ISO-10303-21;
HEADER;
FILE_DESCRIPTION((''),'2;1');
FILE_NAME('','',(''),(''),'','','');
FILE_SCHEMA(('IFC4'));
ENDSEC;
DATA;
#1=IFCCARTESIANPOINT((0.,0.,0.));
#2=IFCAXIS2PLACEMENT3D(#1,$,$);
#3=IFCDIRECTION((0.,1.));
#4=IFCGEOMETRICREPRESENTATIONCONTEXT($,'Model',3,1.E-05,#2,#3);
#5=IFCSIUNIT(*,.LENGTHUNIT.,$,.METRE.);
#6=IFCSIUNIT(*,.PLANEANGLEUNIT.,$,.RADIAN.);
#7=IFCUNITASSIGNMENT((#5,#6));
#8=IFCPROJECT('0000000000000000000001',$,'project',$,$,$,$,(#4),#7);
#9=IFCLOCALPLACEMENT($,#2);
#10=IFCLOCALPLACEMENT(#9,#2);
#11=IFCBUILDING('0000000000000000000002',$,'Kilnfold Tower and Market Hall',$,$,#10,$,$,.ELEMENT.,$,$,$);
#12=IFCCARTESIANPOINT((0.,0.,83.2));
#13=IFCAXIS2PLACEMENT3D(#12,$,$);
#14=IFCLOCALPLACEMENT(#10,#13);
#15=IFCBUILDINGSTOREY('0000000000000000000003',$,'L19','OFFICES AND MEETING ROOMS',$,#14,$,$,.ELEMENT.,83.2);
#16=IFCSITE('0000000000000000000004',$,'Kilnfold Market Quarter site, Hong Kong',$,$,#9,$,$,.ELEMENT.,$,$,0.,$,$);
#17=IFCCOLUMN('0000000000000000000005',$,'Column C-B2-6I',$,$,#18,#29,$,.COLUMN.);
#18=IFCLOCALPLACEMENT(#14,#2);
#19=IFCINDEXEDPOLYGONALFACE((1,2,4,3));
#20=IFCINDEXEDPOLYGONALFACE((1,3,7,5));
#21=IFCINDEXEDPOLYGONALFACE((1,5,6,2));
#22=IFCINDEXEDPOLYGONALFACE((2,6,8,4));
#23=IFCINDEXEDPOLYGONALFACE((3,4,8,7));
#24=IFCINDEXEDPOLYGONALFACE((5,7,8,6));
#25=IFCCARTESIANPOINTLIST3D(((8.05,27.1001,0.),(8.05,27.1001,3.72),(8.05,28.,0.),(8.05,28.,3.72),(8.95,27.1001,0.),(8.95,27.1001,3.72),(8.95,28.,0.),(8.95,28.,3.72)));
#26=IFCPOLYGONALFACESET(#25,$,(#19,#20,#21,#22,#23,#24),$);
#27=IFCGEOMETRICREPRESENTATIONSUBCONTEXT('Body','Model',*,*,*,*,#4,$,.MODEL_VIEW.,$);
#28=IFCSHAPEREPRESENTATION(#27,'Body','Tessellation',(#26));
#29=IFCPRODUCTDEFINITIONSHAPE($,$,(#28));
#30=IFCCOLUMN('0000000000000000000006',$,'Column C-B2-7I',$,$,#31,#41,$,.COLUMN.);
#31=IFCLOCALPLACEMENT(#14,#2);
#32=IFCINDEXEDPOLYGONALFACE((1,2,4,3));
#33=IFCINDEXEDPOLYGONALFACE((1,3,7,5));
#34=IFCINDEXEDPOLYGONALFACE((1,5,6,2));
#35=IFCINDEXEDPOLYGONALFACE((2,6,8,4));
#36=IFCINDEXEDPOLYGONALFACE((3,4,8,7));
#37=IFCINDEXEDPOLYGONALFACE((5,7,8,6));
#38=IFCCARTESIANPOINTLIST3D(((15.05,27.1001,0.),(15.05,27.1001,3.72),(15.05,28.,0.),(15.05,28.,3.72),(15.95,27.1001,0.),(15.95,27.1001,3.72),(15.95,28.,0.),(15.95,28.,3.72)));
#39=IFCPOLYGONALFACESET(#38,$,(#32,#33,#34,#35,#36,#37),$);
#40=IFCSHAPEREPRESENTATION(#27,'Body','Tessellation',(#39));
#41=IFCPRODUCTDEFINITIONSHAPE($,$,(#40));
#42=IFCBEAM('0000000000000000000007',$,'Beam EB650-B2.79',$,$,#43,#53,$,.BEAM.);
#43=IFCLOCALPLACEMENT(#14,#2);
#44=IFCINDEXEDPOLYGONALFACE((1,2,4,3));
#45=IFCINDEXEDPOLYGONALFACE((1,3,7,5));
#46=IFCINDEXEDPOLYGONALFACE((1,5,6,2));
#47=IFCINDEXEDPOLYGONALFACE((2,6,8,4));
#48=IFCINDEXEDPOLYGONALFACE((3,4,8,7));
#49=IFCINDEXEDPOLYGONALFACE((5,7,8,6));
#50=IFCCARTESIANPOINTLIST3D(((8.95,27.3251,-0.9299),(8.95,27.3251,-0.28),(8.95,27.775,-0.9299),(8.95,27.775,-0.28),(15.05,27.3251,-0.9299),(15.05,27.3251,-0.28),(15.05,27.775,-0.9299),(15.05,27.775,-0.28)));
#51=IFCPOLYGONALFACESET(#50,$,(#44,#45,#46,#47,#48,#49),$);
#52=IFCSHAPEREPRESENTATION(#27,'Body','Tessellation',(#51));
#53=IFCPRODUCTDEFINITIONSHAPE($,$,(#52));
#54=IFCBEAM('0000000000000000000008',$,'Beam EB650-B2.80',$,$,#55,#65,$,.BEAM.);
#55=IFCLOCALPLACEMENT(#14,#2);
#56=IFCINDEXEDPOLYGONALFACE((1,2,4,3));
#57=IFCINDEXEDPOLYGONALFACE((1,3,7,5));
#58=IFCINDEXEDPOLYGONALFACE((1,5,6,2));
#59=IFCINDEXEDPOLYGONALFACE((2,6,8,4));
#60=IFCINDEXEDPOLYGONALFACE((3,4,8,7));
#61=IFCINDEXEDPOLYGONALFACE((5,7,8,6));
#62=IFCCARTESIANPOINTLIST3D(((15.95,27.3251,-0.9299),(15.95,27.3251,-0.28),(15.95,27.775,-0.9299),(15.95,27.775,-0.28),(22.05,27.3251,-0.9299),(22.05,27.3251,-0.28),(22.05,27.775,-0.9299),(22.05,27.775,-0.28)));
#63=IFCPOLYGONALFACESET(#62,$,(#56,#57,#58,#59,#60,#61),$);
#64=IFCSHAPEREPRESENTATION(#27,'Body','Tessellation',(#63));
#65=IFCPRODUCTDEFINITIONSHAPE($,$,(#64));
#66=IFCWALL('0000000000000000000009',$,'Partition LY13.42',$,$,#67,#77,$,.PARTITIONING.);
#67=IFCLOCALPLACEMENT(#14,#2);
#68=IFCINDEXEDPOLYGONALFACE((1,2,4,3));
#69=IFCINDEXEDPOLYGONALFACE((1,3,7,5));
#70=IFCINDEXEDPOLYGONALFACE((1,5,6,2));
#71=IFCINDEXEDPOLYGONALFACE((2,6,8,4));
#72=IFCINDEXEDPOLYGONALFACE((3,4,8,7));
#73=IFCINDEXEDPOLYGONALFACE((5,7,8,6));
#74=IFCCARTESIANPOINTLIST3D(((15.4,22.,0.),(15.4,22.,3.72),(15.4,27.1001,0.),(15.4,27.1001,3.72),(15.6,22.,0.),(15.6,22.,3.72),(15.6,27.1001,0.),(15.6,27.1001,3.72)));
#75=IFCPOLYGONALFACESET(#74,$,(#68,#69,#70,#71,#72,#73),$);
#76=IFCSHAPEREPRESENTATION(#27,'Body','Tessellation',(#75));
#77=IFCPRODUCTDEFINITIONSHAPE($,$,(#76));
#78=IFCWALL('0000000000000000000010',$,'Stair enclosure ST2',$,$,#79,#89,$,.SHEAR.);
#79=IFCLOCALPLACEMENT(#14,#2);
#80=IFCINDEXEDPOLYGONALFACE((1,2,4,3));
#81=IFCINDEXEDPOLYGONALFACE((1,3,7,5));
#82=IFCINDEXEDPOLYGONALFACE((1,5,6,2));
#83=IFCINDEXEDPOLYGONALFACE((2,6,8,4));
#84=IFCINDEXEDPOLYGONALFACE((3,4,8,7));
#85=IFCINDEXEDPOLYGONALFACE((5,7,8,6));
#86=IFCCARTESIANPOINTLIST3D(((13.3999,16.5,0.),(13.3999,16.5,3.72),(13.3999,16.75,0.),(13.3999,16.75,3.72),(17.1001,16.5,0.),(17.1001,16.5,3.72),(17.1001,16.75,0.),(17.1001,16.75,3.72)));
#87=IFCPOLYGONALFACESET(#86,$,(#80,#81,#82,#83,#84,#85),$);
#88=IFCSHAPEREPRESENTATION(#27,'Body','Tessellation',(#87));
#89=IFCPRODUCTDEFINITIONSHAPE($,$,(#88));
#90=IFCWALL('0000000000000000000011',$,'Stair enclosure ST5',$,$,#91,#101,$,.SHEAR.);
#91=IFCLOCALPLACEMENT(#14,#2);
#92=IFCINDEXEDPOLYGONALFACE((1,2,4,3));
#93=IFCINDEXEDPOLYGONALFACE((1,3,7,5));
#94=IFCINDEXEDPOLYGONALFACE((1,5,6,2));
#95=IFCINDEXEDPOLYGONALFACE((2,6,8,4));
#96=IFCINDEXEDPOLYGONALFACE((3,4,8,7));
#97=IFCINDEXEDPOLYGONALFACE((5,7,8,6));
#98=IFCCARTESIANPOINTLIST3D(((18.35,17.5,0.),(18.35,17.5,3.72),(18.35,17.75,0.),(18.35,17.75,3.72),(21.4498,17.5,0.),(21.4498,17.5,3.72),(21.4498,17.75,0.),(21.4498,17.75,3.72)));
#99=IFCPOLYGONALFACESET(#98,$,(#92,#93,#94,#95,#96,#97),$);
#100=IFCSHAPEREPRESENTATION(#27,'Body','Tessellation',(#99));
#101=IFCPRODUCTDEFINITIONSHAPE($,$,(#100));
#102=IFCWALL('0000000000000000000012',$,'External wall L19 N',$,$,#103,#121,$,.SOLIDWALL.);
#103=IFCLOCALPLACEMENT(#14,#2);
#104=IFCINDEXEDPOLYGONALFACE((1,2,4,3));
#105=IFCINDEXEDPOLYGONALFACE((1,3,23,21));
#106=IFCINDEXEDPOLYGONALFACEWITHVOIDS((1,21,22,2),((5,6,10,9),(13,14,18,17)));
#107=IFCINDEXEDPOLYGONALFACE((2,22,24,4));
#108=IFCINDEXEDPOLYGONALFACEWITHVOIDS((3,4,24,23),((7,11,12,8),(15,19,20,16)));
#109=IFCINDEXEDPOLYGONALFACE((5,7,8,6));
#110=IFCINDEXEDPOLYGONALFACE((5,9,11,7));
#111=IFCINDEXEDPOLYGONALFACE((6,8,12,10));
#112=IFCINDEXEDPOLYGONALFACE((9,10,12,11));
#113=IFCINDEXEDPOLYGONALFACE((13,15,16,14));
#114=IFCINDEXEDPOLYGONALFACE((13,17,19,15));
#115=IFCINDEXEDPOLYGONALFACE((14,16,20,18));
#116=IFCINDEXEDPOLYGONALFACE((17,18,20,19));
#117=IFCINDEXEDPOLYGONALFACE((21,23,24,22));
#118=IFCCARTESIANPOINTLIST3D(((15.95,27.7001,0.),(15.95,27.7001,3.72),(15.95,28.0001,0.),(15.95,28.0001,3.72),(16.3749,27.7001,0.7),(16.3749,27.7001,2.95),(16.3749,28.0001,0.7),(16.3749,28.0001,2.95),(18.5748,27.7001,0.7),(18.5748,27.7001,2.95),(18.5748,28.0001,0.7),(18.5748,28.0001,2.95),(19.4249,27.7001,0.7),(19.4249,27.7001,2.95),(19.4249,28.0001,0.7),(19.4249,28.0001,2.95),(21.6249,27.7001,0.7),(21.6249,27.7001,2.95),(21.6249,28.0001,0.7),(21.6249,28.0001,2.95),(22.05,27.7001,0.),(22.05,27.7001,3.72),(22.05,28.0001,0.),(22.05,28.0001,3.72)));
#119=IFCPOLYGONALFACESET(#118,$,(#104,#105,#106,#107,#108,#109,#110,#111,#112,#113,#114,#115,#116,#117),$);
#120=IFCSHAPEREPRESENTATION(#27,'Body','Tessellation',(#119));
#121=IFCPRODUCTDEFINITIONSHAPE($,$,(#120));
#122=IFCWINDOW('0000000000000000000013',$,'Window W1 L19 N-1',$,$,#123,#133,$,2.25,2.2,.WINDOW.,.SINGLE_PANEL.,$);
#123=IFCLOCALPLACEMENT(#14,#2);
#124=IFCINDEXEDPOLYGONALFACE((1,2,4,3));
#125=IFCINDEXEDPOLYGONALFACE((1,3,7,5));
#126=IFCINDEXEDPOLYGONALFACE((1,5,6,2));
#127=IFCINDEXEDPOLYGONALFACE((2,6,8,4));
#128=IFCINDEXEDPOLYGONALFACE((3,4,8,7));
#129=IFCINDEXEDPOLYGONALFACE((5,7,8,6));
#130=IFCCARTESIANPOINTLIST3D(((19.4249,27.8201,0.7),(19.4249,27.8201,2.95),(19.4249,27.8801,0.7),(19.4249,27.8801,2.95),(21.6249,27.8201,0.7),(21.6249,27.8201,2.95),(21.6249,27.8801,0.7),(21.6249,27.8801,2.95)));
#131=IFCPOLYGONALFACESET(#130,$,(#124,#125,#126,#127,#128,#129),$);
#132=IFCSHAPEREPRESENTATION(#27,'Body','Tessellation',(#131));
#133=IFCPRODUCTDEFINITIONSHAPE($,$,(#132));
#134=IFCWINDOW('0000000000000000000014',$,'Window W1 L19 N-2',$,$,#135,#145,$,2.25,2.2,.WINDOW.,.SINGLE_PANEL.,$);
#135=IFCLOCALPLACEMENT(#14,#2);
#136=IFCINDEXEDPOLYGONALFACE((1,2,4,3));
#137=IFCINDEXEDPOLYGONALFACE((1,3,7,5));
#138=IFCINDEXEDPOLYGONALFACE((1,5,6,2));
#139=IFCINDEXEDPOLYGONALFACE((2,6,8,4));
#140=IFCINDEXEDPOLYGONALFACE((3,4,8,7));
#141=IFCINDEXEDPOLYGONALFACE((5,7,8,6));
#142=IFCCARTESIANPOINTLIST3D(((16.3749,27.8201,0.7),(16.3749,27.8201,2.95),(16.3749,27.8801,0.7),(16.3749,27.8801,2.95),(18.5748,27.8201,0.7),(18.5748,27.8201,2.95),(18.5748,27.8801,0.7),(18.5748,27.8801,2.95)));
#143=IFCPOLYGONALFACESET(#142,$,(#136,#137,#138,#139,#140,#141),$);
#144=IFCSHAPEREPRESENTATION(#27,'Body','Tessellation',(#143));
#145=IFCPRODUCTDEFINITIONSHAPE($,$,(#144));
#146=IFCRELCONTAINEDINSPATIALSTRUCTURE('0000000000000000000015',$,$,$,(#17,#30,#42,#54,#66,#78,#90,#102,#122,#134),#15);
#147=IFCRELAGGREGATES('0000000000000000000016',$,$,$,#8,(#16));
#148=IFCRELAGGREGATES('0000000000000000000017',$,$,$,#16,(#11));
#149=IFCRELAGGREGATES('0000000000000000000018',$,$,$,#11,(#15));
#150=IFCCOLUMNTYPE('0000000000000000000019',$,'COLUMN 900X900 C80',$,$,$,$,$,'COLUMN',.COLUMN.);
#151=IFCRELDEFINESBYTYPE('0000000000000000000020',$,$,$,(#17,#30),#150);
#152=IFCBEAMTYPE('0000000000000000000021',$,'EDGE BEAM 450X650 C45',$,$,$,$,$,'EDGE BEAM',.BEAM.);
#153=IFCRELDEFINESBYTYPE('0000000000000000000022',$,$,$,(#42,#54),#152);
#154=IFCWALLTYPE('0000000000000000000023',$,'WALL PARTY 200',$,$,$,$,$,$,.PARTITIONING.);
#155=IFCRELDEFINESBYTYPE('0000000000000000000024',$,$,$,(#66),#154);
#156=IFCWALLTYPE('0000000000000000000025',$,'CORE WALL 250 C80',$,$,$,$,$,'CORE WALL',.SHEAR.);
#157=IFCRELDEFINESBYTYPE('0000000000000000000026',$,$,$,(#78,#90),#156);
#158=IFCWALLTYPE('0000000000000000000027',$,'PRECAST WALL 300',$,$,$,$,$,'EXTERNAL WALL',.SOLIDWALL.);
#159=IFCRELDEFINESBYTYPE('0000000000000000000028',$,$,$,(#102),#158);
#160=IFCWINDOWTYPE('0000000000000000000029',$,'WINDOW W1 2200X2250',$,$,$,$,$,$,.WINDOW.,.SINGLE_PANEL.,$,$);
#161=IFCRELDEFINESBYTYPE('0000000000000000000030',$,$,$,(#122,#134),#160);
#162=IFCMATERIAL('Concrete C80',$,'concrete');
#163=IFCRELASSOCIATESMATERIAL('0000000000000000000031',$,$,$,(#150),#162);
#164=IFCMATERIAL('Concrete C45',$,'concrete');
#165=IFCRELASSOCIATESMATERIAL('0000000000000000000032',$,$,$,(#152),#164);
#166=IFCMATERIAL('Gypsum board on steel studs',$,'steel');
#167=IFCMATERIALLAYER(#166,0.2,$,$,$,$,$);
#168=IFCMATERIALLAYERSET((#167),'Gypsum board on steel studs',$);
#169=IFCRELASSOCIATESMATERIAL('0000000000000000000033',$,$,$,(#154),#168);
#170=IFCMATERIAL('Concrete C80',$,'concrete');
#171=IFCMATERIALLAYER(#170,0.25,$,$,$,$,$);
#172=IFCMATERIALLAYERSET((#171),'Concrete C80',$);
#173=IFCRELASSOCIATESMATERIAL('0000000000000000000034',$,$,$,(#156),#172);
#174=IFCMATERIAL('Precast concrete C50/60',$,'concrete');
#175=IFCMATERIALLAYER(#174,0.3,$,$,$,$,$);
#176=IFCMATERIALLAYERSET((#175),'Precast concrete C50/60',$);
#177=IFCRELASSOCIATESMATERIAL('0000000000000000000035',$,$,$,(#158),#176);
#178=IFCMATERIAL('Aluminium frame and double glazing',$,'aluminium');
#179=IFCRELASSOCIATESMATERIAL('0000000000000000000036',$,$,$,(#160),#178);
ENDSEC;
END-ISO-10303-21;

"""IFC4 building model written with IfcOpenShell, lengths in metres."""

from ifc_helpers import new_model, si_unit, direction, frame, frame_2d, origin, origin_2d, place, context, subcontext, project, spatial, rectangle, extrude, source, transform, mapped, material, layer, layer_set, material_profile, profile_set, type_object, element, fill, save


model = new_model("IFC4")

# Units and contexts
model_context = context("Model", 3, precision=1e-05, world=origin(), true_north=direction((0.0, 1.0)))
body_context = subcontext(model_context, "Body", "Model", "MODEL_VIEW")
ifc_project = project(units=[si_unit("LENGTHUNIT", "METRE"), si_unit("PLANEANGLEUNIT", "RADIAN")], contexts=[model_context])

# Site, building, storey
site_placement = place(None, origin())
site = spatial("IfcSite", under=ifc_project, at=site_placement, Name="Kilnfold Market Quarter site, Hong Kong", CompositionType="ELEMENT", RefElevation=0.0)
building_placement = place(site_placement, origin())
building = spatial("IfcBuilding", under=site, at=building_placement, Name="Kilnfold Tower and Market Hall", CompositionType="ELEMENT")
storey_placement = place(building_placement, frame((0.0, 0.0, 83.2)))
storey = spatial("IfcBuildingStorey", under=building, at=storey_placement, Name="L19", Description="OFFICES AND MEETING ROOMS", CompositionType="ELEMENT", Elevation=83.2)

# Columns
ifc_material_1 = material(Name="Concrete C80", Category="concrete")
ifc_material_profile_1 = material_profile(ifc_material_1, rectangle(XDim=0.8999, YDim=0.8999, at=origin_2d()), Name="RC 900x900")
ifc_profile_set_1 = profile_set([ifc_material_profile_1], Name="Concrete C80")
column_type = type_object("IfcColumnType", Name="COLUMN 900X900 C80", ElementType="COLUMN", PredefinedType="COLUMN", material=ifc_profile_set_1)
shared_shape_1 = source(origin(), body_context, "Body", "SweptSolid", [
    extrude(rectangle(XDim=0.8999, YDim=0.8999, at=origin_2d()), origin(), (0.0, 0.0, 1.0), 3.72),
])
for number, where, z_axis, x_axis, name in (
    (1, (8.5, 27.55, 0.0), (0.0, 0.0, 1.0), (1.0, 0.0, 0.0), "Column C-B2-6I"),
    (2, (15.5, 27.55, 0.0), (0.0, 0.0, 1.0), (1.0, 0.0, 0.0), "Column C-B2-7I"),
):
    element("IfcColumn", number, at=place(storey_placement, frame(where, z_axis=z_axis, x_axis=x_axis)), inside=storey, type_object=column_type, Name=name, PredefinedType="COLUMN", context=body_context, shape_type="MappedRepresentation", body=[
        mapped(shared_shape_1, transform((0.0, 0.0, 0.0))),
    ])

# Beams
ifc_material_2 = material(Name="Concrete C45", Category="concrete")
ifc_material_profile_2 = material_profile(ifc_material_2, rectangle(XDim=0.45, YDim=0.6499, at=origin_2d()), Name="RC 450x650")
ifc_profile_set_2 = profile_set([ifc_material_profile_2], Name="Concrete C45")
beam_type = type_object("IfcBeamType", Name="EDGE BEAM 450X650 C45", ElementType="EDGE BEAM", PredefinedType="BEAM", material=ifc_profile_set_2)
shared_shape_2 = source(origin(), body_context, "Body", "SweptSolid", [
    extrude(rectangle(XDim=0.45, YDim=0.6499, at=origin_2d()), origin(), (0.0, 0.0, 1.0), 6.1001),
])
for number, where, z_axis, x_axis, name in (
    (3, (8.95, 27.55, -0.605), (1.0, 0.0, 0.0), (0.0, 1.0, 0.0), "Beam EB650-B2.79"),
    (4, (15.95, 27.55, -0.605), (1.0, 0.0, 0.0), (0.0, 1.0, 0.0), "Beam EB650-B2.80"),
):
    element("IfcBeam", number, at=place(storey_placement, frame(where, z_axis=z_axis, x_axis=x_axis)), inside=storey, type_object=beam_type, Name=name, PredefinedType="BEAM", context=body_context, shape_type="MappedRepresentation", body=[
        mapped(shared_shape_2, transform((0.0, 0.0, 0.0))),
    ])

# Walls
ifc_material_3 = material(Name="Gypsum board on steel studs", Category="steel")
ifc_layer_1 = layer(ifc_material_3, 0.2)
ifc_layer_set_1 = layer_set([ifc_layer_1], Name="Gypsum board on steel studs")
wall_type_1 = type_object("IfcWallType", Name="WALL PARTY 200", PredefinedType="PARTITIONING", material=ifc_layer_set_1)
wall_1_placement = place(storey_placement, frame((15.5, 22.0, 0.0), z_axis=(0.0, 0.0, 1.0), x_axis=(0.0, 1.0, 0.0)))
element("IfcWall", 5, at=wall_1_placement, inside=storey, type_object=wall_type_1, Name="Partition LY13.42", PredefinedType="PARTITIONING", context=body_context, shape_type="SweptSolid", body=[
    extrude(rectangle(XDim=5.1001, YDim=0.2, at=frame_2d((2.55, 0.0))), origin(), (0.0, 0.0, 1.0), 3.72),
])
ifc_material_4 = material(Name="Concrete C80", Category="concrete")
ifc_layer_2 = layer(ifc_material_4, 0.25)
ifc_layer_set_2 = layer_set([ifc_layer_2], Name="Concrete C80")
wall_type_2 = type_object("IfcWallType", Name="CORE WALL 250 C80", ElementType="CORE WALL", PredefinedType="SHEAR", material=ifc_layer_set_2)
shared_shape_3 = source(origin(), body_context, "Body", "SweptSolid", [
    extrude(rectangle(XDim=3.7002, YDim=0.25, at=frame_2d((1.8501, 0.0))), origin(), (0.0, 0.0, 1.0), 3.72),
])
wall_2_placement = place(storey_placement, frame((13.3999, 16.625, 0.0), z_axis=(0.0, 0.0, 1.0), x_axis=(1.0, 0.0, 0.0)))
element("IfcWall", 6, at=wall_2_placement, inside=storey, type_object=wall_type_2, Name="Stair enclosure ST2", PredefinedType="SHEAR", context=body_context, shape_type="MappedRepresentation", body=[
    mapped(shared_shape_3, transform((0.0, 0.0, 0.0))),
])
shared_shape_4 = source(origin(), body_context, "Body", "SweptSolid", [
    extrude(rectangle(XDim=3.0999, YDim=0.25, at=frame_2d((1.5498, 0.0))), origin(), (0.0, 0.0, 1.0), 3.72),
])
wall_3_placement = place(storey_placement, frame((18.3501, 17.625, 0.0), z_axis=(0.0, 0.0, 1.0), x_axis=(1.0, 0.0, 0.0)))
element("IfcWall", 7, at=wall_3_placement, inside=storey, type_object=wall_type_2, Name="Stair enclosure ST5", PredefinedType="SHEAR", context=body_context, shape_type="MappedRepresentation", body=[
    mapped(shared_shape_4, transform((0.0, 0.0, 0.0))),
])

# Wall, openings, windows
ifc_material_5 = material(Name="Precast concrete C50/60", Category="concrete")
ifc_layer_3 = layer(ifc_material_5, 0.3)
ifc_layer_set_3 = layer_set([ifc_layer_3], Name="Precast concrete C50/60")
wall_type_3 = type_object("IfcWallType", Name="PRECAST WALL 300", ElementType="EXTERNAL WALL", PredefinedType="SOLIDWALL", material=ifc_layer_set_3)
shared_shape_5 = source(origin(), body_context, "Body", "SweptSolid", [
    extrude(rectangle(XDim=6.1001, YDim=0.3, at=frame_2d((3.05, 0.0))), origin(), (0.0, 0.0, 1.0), 3.72),
])
wall_4_placement = place(storey_placement, frame((22.05, 27.8501, 0.0), z_axis=(0.0, 0.0, 1.0), x_axis=(-1.0, 0.0, 0.0)))
wall_4 = element("IfcWall", 8, at=wall_4_placement, inside=storey, type_object=wall_type_3, Name="External wall L19 N", PredefinedType="SOLIDWALL", context=body_context, shape_type="MappedRepresentation", body=[
    mapped(shared_shape_5, transform((0.0, 0.0, 0.0))),
])
opening_1_placement = place(wall_4_placement, frame((0.425, 0.0, 0.7)))
opening_1 = element("IfcOpeningElement", 9, at=opening_1_placement, cuts=wall_4, PredefinedType="OPENING", context=body_context, shape_type="SweptSolid", body=[
    extrude(rectangle(XDim=2.2, YDim=2.25, at=frame_2d((1.1001, 1.125))), frame((0.0, 0.1602, 0.0), z_axis=(0.0, -1.0, 0.0), x_axis=(1.0, 0.0, 0.0)), (0.0, 0.0, 1.0), 0.3201),
])
opening_2_placement = place(wall_4_placement, frame((3.4751, 0.0, 0.7)))
opening_2 = element("IfcOpeningElement", 10, at=opening_2_placement, cuts=wall_4, PredefinedType="OPENING", context=body_context, shape_type="SweptSolid", body=[
    extrude(rectangle(XDim=2.2, YDim=2.25, at=frame_2d((1.1001, 1.125))), frame((0.0, 0.1602, 0.0), z_axis=(0.0, -1.0, 0.0), x_axis=(1.0, 0.0, 0.0)), (0.0, 0.0, 1.0), 0.3201),
])
ifc_material_6 = material(Name="Aluminium frame and double glazing", Category="aluminium")
window_type = type_object("IfcWindowType", Name="WINDOW W1 2200X2250", PartitioningType="SINGLE_PANEL", PredefinedType="WINDOW", material=ifc_material_6)
window_1_placement = place(opening_1_placement, origin())
window_1 = element("IfcWindow", 11, at=window_1_placement, inside=storey, type_object=window_type, Name="Window W1 L19 N-1", OverallHeight=2.25, OverallWidth=2.2, PartitioningType="SINGLE_PANEL", PredefinedType="WINDOW", context=body_context, shape_type="SweptSolid", body=[
    extrude(rectangle(XDim=2.2, YDim=2.25, at=frame_2d((1.1001, 1.125))), frame((0.0, 0.03, 0.0), z_axis=(0.0, -1.0, 0.0), x_axis=(1.0, 0.0, 0.0)), (0.0, 0.0, 1.0), 0.0601),
])
fill(opening_1, window_1)
window_2_placement = place(opening_2_placement, origin())
window_2 = element("IfcWindow", 12, at=window_2_placement, inside=storey, type_object=window_type, Name="Window W1 L19 N-2", OverallHeight=2.25, OverallWidth=2.2, PartitioningType="SINGLE_PANEL", PredefinedType="WINDOW", context=body_context, shape_type="SweptSolid", body=[
    extrude(rectangle(XDim=2.2, YDim=2.25, at=frame_2d((1.1001, 1.125))), frame((0.0, 0.03, 0.0), z_axis=(0.0, -1.0, 0.0), x_axis=(1.0, 0.0, 0.0)), (0.0, 0.0, 1.0), 0.0601),
])
fill(opening_2, window_2)

save(model, "model.ifc")
